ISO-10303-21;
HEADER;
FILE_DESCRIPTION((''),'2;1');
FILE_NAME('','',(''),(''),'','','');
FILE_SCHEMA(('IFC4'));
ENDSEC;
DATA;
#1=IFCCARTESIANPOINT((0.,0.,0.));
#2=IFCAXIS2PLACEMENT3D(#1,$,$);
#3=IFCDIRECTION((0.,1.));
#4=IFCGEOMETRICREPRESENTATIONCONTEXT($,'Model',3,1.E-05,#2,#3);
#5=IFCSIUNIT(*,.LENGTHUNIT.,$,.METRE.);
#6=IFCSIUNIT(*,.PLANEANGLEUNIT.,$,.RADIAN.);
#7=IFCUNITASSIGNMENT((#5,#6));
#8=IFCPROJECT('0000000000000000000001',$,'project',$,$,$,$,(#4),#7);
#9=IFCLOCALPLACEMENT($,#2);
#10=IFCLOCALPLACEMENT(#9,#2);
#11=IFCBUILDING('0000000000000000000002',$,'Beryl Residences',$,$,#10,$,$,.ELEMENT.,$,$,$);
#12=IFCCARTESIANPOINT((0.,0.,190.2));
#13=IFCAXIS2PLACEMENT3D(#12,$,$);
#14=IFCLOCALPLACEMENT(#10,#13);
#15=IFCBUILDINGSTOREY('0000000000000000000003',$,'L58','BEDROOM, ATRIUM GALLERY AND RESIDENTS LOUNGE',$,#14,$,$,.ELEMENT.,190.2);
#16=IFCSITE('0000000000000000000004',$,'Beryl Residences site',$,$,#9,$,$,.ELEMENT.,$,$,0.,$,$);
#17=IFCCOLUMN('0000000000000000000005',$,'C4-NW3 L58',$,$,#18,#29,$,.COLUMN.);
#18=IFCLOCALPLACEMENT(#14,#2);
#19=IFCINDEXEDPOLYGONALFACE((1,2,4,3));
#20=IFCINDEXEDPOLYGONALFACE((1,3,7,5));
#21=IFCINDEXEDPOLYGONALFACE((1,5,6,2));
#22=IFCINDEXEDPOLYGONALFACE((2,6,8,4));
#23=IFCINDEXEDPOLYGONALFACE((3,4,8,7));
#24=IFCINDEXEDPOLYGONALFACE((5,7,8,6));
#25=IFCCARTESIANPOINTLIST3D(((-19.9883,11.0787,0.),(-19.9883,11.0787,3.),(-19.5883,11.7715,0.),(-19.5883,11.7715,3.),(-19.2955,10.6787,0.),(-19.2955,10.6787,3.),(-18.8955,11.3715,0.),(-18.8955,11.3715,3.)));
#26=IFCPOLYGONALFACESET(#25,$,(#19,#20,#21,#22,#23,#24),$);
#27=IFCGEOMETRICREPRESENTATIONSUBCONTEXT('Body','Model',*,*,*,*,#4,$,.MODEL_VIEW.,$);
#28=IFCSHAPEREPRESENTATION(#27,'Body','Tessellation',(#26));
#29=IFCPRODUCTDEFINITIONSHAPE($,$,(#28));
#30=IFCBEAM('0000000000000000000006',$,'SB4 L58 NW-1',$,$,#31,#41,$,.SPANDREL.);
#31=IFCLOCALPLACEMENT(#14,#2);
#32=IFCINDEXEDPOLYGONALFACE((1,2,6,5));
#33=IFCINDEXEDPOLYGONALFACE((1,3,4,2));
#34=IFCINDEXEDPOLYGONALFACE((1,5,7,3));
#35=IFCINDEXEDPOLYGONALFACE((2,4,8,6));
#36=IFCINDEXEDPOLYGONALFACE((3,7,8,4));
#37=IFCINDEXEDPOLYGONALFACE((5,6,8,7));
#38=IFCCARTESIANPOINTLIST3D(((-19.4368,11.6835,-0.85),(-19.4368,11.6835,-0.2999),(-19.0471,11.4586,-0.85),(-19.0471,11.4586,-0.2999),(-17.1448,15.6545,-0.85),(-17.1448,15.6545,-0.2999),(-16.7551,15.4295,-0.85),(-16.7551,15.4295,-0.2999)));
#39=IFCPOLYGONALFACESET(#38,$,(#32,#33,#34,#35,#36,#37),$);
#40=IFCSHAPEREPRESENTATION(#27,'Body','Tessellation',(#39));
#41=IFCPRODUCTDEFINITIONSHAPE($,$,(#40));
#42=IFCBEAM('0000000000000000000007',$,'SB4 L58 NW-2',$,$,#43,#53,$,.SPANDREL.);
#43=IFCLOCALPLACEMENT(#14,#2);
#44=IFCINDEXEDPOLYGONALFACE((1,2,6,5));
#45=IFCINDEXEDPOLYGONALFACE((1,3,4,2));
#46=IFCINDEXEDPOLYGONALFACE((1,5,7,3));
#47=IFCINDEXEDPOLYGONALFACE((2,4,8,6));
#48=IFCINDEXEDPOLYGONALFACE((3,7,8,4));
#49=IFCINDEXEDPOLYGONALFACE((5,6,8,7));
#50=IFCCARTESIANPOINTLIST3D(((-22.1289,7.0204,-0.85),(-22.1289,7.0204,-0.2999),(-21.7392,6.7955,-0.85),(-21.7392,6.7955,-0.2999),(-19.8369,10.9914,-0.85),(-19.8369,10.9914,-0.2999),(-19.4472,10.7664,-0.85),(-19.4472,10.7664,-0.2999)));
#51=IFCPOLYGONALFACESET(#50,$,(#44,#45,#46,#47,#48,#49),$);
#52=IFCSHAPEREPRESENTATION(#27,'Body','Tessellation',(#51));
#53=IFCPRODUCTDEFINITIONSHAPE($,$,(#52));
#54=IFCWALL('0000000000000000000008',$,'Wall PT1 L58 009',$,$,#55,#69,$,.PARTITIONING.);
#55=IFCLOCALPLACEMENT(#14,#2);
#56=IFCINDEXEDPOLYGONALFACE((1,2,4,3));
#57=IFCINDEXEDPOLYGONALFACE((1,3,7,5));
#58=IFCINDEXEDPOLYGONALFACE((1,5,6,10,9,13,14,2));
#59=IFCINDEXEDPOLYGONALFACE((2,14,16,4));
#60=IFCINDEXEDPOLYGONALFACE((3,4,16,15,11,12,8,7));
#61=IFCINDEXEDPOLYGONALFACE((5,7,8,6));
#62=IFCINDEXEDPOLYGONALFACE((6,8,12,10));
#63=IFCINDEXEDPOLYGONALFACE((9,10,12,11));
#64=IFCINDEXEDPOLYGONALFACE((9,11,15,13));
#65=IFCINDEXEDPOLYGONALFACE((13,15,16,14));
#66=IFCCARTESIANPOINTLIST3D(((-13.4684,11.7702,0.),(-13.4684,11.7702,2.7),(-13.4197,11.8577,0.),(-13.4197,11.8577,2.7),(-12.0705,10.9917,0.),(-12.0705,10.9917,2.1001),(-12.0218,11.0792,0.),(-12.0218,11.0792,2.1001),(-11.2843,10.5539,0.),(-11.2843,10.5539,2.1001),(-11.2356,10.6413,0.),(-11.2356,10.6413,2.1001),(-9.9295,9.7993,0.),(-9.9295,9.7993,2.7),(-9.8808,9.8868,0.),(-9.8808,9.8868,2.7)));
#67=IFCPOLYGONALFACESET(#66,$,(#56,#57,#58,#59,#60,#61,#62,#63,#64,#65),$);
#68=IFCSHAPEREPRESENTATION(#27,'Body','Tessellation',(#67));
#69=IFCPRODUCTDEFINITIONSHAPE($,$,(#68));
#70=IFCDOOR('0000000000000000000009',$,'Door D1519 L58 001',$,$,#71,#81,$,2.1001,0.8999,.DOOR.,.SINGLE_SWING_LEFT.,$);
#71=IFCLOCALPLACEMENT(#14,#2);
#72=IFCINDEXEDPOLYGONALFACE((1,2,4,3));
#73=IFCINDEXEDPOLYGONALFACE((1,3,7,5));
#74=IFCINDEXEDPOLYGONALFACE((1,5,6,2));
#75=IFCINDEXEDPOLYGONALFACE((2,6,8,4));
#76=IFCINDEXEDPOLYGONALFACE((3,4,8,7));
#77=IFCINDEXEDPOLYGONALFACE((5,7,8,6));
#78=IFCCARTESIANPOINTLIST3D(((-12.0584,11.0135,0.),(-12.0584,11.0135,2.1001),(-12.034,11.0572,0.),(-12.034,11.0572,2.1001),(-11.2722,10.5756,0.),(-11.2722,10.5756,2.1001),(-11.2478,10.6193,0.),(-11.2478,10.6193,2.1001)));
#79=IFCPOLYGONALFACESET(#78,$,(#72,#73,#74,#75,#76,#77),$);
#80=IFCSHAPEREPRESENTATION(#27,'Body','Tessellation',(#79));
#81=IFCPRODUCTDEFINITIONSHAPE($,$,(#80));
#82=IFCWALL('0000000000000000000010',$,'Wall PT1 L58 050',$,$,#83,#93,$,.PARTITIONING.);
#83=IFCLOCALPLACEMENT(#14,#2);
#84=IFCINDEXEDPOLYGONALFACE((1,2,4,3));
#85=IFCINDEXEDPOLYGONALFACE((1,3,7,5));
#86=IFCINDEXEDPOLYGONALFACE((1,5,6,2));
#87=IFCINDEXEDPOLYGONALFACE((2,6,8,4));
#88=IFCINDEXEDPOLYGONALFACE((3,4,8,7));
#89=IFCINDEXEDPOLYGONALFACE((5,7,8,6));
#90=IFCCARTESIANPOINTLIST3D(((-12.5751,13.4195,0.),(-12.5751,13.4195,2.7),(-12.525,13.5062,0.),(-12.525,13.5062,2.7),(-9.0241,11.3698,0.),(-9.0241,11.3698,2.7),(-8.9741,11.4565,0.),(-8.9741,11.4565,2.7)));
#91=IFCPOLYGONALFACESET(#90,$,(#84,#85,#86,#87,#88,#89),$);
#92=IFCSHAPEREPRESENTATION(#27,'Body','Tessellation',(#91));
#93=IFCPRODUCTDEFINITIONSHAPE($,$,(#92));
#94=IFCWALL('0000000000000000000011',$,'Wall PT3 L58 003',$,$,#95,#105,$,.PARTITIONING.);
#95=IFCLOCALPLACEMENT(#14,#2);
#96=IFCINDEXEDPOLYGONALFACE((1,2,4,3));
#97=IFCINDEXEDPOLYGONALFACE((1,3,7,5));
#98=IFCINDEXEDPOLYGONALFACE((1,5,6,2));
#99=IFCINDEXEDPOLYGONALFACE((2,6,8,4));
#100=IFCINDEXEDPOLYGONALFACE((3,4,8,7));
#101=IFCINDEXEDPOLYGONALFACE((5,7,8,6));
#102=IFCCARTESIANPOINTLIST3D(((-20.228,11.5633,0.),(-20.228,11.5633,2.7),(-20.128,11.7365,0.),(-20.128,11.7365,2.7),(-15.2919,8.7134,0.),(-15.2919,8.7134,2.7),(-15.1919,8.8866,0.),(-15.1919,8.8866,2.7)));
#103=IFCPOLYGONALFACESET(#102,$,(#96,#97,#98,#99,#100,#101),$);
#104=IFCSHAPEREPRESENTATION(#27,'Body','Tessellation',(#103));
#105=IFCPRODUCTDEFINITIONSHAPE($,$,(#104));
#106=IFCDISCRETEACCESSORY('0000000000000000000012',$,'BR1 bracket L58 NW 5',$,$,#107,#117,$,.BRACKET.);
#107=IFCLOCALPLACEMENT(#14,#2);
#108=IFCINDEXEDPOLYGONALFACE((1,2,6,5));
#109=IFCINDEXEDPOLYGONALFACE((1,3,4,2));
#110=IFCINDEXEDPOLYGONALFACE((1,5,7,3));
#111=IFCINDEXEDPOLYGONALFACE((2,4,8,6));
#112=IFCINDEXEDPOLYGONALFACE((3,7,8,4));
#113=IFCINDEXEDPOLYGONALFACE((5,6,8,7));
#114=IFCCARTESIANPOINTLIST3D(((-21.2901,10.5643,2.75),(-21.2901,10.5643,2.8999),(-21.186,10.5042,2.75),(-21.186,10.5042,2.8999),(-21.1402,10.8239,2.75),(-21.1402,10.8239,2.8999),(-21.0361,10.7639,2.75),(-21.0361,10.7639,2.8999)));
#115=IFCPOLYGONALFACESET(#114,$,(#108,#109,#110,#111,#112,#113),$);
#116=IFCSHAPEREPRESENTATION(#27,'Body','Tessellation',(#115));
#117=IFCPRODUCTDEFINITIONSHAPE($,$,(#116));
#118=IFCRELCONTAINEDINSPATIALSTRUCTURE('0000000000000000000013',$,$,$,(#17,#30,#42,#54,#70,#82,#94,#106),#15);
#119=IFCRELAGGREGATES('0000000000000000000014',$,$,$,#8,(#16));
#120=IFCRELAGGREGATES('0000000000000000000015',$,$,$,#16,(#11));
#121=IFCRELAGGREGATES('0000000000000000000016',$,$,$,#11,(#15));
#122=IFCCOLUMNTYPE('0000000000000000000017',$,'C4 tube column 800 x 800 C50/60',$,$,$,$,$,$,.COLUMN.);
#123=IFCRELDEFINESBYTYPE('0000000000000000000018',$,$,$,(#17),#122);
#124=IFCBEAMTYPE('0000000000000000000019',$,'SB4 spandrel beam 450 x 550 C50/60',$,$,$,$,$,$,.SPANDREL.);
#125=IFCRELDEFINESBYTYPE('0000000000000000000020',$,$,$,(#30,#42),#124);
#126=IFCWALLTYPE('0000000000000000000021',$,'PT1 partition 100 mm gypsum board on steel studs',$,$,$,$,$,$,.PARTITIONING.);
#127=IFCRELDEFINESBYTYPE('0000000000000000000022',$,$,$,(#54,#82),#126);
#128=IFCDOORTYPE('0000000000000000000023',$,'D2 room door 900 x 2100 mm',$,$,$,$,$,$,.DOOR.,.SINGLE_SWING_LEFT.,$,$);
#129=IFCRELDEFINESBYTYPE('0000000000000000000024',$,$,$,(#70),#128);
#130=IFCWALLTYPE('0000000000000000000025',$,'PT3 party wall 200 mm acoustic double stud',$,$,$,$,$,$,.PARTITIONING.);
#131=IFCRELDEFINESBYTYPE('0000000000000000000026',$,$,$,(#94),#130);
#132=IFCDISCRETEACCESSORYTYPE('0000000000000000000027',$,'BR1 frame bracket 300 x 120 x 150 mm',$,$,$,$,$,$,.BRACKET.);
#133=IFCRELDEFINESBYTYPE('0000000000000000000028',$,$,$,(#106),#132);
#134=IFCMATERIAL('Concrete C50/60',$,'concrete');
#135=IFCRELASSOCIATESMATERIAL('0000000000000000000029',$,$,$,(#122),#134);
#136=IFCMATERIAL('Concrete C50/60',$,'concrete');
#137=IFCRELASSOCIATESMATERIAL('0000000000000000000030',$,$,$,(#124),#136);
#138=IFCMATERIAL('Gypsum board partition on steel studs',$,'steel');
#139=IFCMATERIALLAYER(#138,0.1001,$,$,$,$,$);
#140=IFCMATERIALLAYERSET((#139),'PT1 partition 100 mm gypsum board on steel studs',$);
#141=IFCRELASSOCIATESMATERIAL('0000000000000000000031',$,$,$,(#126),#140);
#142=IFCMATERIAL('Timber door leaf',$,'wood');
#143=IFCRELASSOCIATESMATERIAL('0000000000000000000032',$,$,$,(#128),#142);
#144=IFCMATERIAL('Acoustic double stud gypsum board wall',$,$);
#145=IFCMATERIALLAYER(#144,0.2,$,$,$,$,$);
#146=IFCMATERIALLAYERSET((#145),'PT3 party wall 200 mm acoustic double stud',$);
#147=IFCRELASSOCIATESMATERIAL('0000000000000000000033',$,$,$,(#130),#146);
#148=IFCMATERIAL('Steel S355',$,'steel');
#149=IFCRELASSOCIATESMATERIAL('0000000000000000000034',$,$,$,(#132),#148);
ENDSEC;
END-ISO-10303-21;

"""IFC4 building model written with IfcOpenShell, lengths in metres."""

from ifc_helpers import new_model, si_unit, direction, frame, frame_2d, origin, origin_2d, place, context, subcontext, project, spatial, polyline, rectangle, outline, extrude, source, transform, mapped, material, layer, layer_set, material_profile, profile_set, type_object, type_shapes, element, fill, save


model = new_model("IFC4")

# Units and contexts
model_context = context("Model", 3, precision=1e-05, world=origin(), true_north=direction((0.0, 1.0)))
body_context = subcontext(model_context, "Body", "Model", "MODEL_VIEW")
ifc_project = project(units=[si_unit("LENGTHUNIT", "METRE"), si_unit("PLANEANGLEUNIT", "RADIAN")], contexts=[model_context])

# Site, building, storey
site_placement = place(None, origin())
site = spatial("IfcSite", under=ifc_project, at=site_placement, Name="Beryl Residences site", CompositionType="ELEMENT", RefElevation=0.0)
building_placement = place(site_placement, origin())
building = spatial("IfcBuilding", under=site, at=building_placement, Name="Beryl Residences", CompositionType="ELEMENT")
storey_placement = place(building_placement, frame((0.0, 0.0, 190.2)))
storey = spatial("IfcBuildingStorey", under=building, at=storey_placement, Name="L58", Description="BEDROOM, ATRIUM GALLERY AND RESIDENTS LOUNGE", CompositionType="ELEMENT", Elevation=190.2)

# Column
ifc_material_1 = material(Name="Concrete C50/60", Category="concrete")
ifc_material_profile_1 = material_profile(ifc_material_1, rectangle(XDim=0.8, YDim=0.8, at=origin_2d()))
ifc_profile_set_1 = profile_set([ifc_material_profile_1], Name="Concrete C50/60")
column_type = type_object("IfcColumnType", Name="C4 tube column 800 x 800 C50/60", PredefinedType="COLUMN", material=ifc_profile_set_1)
column_placement = place(storey_placement, frame((-19.4419, 11.2251, 0.0), z_axis=(0.0, 0.0, 1.0), x_axis=(-0.5, -0.866025, 0.0)))
element("IfcColumn", 1, at=column_placement, inside=storey, type_object=column_type, Name="C4-NW3 L58", PredefinedType="COLUMN", context=body_context, shape_type="SweptSolid", body=[
    extrude(rectangle(XDim=0.8, YDim=0.8, at=origin_2d()), origin(), (0.0, 0.0, 1.0), 3.0),
])

# Beams
ifc_material_2 = material(Name="Concrete C50/60", Category="concrete")
ifc_material_profile_2 = material_profile(ifc_material_2, rectangle(XDim=0.45, YDim=0.55, at=origin_2d()))
ifc_profile_set_2 = profile_set([ifc_material_profile_2], Name="Concrete C50/60")
beam_type = type_object("IfcBeamType", Name="SB4 spandrel beam 450 x 550 C50/60", PredefinedType="SPANDREL", material=ifc_profile_set_2)
for number, where, z_axis, x_axis, name in (
    (2, (-16.95, 15.542, -0.575), (-0.499896, -0.866085, 0.0), (0.866085, -0.499896, 0.0), "SB4 L58 NW-1"),
    (3, (-19.6421, 10.8789, -0.575), (-0.499896, -0.866085, 0.0), (0.866085, -0.499896, 0.0), "SB4 L58 NW-2"),
):
    element("IfcBeam", number, at=place(storey_placement, frame(where, z_axis=z_axis, x_axis=x_axis)), inside=storey, type_object=beam_type, Name=name, PredefinedType="SPANDREL", context=body_context, shape_type="SweptSolid", body=[
        extrude(rectangle(XDim=0.45, YDim=0.55, at=origin_2d()), origin(), (0.0, 0.0, 1.0), 4.585),
    ])

# Wall, opening, door
ifc_material_3 = material(Name="Gypsum board partition on steel studs", Category="steel")
ifc_layer_1 = layer(ifc_material_3, 0.1001)
ifc_layer_set_1 = layer_set([ifc_layer_1], Name="PT1 partition 100 mm gypsum board on steel studs")
wall_type_1 = type_object("IfcWallType", Name="PT1 partition 100 mm gypsum board on steel studs", PredefinedType="PARTITIONING", material=ifc_layer_set_1)
wall_1_placement = place(storey_placement, frame((-13.4441, 11.814, 0.0), z_axis=(0.0, 0.0, 1.0), x_axis=(0.873654, -0.486548, 0.0)))
wall_1 = element("IfcWall", 4, at=wall_1_placement, inside=storey, type_object=wall_type_1, Name="Wall PT1 L58 009", PredefinedType="PARTITIONING", context=body_context, shape_type="SweptSolid", body=[
    extrude(rectangle(XDim=4.0508, YDim=0.1001, at=frame_2d((2.0254, 0.0))), origin(), (0.0, 0.0, 1.0), 2.7),
])
opening_placement = place(wall_1_placement, frame((1.6001, 0.0, 0.0)))
opening = element("IfcOpeningElement", 5, at=opening_placement, cuts=wall_1, PredefinedType="OPENING", context=body_context, shape_type="SweptSolid", body=[
    extrude(rectangle(XDim=0.8999, YDim=2.1001, at=frame_2d((0.45, 1.05))), frame((0.0, 0.0601, 0.0), z_axis=(0.0, -1.0, 0.0), x_axis=(1.0, 0.0, 0.0)), (0.0, 0.0, 1.0), 0.1201),
])
ifc_material_4 = material(Name="Timber door leaf", Category="wood")
door_type = type_object("IfcDoorType", Name="D2 room door 900 x 2100 mm", OperationType="SINGLE_SWING_LEFT", PredefinedType="DOOR", material=ifc_material_4)
door_placement = place(opening_placement, origin())
door = element("IfcDoor", 6, at=door_placement, inside=storey, type_object=door_type, Name="Door D1519 L58 001", OperationType="SINGLE_SWING_LEFT", OverallHeight=2.1001, OverallWidth=0.8999, PredefinedType="DOOR", context=body_context, shape_type="SweptSolid", body=[
    extrude(rectangle(XDim=0.8999, YDim=2.1001, at=frame_2d((0.45, 1.05))), frame((0.0, 0.0249, 0.0), z_axis=(0.0, -1.0, 0.0), x_axis=(1.0, 0.0, 0.0)), (0.0, 0.0, 1.0), 0.05),
])
fill(opening, door)

# Walls
wall_2_placement = place(storey_placement, frame((-12.55, 13.4629, 0.0), z_axis=(0.0, 0.0, 1.0), x_axis=(0.866066, -0.49993, 0.0)))
element("IfcWall", 7, at=wall_2_placement, inside=storey, type_object=wall_type_1, Name="Wall PT1 L58 050", PredefinedType="PARTITIONING", context=body_context, shape_type="SweptSolid", body=[
    extrude(rectangle(XDim=4.1001, YDim=0.1001, at=frame_2d((2.05, 0.0))), origin(), (0.0, 0.0, 1.0), 2.7),
])
ifc_material_5 = material(Name="Acoustic double stud gypsum board wall")
ifc_layer_2 = layer(ifc_material_5, 0.2)
ifc_layer_set_2 = layer_set([ifc_layer_2], Name="PT3 party wall 200 mm acoustic double stud")
wall_type_2 = type_object("IfcWallType", Name="PT3 party wall 200 mm acoustic double stud", PredefinedType="PARTITIONING", material=ifc_layer_set_2)
wall_3_placement = place(storey_placement, frame((-20.178, 11.6499, 0.0), z_axis=(0.0, 0.0, 1.0), x_axis=(0.866023, -0.500004, 0.0)))
element("IfcWall", 8, at=wall_3_placement, inside=storey, type_object=wall_type_2, Name="Wall PT3 L58 003", PredefinedType="PARTITIONING", context=body_context, shape_type="SweptSolid", body=[
    extrude(rectangle(XDim=5.6997, YDim=0.2, at=frame_2d((2.8499, 0.0))), origin(), (0.0, 0.0, 1.0), 2.7),
])

# Discrete accessory
ifc_material_6 = material(Name="Steel S355", Category="steel")
discrete_accessory_type = type_object("IfcDiscreteAccessoryType", Name="BR1 frame bracket 300 x 120 x 150 mm", PredefinedType="BRACKET", material=ifc_material_6)
shared_shape_1 = source(origin(), body_context, "Body", "SweptSolid", [
    extrude(outline(polyline([(-0.1499, 0.0), (0.1499, 0.0), (0.1499, 0.1201), (-0.1499, 0.1201), (-0.1499, 0.0)])), origin(), (0.0, 0.0, 1.0), 0.1499),
])
type_shapes(discrete_accessory_type, [shared_shape_1])
discrete_accessory_placement = place(storey_placement, frame((-21.1111, 10.634, 2.75), z_axis=(0.0, 0.0, 1.0), x_axis=(0.5, 0.866025, 0.0)))
element("IfcDiscreteAccessory", 9, at=discrete_accessory_placement, inside=storey, type_object=discrete_accessory_type, Name="BR1 bracket L58 NW 5", PredefinedType="BRACKET", context=body_context, shape_type="MappedRepresentation", body=[
    mapped(shared_shape_1, transform((0.0, 0.0, 0.0))),
])

save(model, "model.ifc")
